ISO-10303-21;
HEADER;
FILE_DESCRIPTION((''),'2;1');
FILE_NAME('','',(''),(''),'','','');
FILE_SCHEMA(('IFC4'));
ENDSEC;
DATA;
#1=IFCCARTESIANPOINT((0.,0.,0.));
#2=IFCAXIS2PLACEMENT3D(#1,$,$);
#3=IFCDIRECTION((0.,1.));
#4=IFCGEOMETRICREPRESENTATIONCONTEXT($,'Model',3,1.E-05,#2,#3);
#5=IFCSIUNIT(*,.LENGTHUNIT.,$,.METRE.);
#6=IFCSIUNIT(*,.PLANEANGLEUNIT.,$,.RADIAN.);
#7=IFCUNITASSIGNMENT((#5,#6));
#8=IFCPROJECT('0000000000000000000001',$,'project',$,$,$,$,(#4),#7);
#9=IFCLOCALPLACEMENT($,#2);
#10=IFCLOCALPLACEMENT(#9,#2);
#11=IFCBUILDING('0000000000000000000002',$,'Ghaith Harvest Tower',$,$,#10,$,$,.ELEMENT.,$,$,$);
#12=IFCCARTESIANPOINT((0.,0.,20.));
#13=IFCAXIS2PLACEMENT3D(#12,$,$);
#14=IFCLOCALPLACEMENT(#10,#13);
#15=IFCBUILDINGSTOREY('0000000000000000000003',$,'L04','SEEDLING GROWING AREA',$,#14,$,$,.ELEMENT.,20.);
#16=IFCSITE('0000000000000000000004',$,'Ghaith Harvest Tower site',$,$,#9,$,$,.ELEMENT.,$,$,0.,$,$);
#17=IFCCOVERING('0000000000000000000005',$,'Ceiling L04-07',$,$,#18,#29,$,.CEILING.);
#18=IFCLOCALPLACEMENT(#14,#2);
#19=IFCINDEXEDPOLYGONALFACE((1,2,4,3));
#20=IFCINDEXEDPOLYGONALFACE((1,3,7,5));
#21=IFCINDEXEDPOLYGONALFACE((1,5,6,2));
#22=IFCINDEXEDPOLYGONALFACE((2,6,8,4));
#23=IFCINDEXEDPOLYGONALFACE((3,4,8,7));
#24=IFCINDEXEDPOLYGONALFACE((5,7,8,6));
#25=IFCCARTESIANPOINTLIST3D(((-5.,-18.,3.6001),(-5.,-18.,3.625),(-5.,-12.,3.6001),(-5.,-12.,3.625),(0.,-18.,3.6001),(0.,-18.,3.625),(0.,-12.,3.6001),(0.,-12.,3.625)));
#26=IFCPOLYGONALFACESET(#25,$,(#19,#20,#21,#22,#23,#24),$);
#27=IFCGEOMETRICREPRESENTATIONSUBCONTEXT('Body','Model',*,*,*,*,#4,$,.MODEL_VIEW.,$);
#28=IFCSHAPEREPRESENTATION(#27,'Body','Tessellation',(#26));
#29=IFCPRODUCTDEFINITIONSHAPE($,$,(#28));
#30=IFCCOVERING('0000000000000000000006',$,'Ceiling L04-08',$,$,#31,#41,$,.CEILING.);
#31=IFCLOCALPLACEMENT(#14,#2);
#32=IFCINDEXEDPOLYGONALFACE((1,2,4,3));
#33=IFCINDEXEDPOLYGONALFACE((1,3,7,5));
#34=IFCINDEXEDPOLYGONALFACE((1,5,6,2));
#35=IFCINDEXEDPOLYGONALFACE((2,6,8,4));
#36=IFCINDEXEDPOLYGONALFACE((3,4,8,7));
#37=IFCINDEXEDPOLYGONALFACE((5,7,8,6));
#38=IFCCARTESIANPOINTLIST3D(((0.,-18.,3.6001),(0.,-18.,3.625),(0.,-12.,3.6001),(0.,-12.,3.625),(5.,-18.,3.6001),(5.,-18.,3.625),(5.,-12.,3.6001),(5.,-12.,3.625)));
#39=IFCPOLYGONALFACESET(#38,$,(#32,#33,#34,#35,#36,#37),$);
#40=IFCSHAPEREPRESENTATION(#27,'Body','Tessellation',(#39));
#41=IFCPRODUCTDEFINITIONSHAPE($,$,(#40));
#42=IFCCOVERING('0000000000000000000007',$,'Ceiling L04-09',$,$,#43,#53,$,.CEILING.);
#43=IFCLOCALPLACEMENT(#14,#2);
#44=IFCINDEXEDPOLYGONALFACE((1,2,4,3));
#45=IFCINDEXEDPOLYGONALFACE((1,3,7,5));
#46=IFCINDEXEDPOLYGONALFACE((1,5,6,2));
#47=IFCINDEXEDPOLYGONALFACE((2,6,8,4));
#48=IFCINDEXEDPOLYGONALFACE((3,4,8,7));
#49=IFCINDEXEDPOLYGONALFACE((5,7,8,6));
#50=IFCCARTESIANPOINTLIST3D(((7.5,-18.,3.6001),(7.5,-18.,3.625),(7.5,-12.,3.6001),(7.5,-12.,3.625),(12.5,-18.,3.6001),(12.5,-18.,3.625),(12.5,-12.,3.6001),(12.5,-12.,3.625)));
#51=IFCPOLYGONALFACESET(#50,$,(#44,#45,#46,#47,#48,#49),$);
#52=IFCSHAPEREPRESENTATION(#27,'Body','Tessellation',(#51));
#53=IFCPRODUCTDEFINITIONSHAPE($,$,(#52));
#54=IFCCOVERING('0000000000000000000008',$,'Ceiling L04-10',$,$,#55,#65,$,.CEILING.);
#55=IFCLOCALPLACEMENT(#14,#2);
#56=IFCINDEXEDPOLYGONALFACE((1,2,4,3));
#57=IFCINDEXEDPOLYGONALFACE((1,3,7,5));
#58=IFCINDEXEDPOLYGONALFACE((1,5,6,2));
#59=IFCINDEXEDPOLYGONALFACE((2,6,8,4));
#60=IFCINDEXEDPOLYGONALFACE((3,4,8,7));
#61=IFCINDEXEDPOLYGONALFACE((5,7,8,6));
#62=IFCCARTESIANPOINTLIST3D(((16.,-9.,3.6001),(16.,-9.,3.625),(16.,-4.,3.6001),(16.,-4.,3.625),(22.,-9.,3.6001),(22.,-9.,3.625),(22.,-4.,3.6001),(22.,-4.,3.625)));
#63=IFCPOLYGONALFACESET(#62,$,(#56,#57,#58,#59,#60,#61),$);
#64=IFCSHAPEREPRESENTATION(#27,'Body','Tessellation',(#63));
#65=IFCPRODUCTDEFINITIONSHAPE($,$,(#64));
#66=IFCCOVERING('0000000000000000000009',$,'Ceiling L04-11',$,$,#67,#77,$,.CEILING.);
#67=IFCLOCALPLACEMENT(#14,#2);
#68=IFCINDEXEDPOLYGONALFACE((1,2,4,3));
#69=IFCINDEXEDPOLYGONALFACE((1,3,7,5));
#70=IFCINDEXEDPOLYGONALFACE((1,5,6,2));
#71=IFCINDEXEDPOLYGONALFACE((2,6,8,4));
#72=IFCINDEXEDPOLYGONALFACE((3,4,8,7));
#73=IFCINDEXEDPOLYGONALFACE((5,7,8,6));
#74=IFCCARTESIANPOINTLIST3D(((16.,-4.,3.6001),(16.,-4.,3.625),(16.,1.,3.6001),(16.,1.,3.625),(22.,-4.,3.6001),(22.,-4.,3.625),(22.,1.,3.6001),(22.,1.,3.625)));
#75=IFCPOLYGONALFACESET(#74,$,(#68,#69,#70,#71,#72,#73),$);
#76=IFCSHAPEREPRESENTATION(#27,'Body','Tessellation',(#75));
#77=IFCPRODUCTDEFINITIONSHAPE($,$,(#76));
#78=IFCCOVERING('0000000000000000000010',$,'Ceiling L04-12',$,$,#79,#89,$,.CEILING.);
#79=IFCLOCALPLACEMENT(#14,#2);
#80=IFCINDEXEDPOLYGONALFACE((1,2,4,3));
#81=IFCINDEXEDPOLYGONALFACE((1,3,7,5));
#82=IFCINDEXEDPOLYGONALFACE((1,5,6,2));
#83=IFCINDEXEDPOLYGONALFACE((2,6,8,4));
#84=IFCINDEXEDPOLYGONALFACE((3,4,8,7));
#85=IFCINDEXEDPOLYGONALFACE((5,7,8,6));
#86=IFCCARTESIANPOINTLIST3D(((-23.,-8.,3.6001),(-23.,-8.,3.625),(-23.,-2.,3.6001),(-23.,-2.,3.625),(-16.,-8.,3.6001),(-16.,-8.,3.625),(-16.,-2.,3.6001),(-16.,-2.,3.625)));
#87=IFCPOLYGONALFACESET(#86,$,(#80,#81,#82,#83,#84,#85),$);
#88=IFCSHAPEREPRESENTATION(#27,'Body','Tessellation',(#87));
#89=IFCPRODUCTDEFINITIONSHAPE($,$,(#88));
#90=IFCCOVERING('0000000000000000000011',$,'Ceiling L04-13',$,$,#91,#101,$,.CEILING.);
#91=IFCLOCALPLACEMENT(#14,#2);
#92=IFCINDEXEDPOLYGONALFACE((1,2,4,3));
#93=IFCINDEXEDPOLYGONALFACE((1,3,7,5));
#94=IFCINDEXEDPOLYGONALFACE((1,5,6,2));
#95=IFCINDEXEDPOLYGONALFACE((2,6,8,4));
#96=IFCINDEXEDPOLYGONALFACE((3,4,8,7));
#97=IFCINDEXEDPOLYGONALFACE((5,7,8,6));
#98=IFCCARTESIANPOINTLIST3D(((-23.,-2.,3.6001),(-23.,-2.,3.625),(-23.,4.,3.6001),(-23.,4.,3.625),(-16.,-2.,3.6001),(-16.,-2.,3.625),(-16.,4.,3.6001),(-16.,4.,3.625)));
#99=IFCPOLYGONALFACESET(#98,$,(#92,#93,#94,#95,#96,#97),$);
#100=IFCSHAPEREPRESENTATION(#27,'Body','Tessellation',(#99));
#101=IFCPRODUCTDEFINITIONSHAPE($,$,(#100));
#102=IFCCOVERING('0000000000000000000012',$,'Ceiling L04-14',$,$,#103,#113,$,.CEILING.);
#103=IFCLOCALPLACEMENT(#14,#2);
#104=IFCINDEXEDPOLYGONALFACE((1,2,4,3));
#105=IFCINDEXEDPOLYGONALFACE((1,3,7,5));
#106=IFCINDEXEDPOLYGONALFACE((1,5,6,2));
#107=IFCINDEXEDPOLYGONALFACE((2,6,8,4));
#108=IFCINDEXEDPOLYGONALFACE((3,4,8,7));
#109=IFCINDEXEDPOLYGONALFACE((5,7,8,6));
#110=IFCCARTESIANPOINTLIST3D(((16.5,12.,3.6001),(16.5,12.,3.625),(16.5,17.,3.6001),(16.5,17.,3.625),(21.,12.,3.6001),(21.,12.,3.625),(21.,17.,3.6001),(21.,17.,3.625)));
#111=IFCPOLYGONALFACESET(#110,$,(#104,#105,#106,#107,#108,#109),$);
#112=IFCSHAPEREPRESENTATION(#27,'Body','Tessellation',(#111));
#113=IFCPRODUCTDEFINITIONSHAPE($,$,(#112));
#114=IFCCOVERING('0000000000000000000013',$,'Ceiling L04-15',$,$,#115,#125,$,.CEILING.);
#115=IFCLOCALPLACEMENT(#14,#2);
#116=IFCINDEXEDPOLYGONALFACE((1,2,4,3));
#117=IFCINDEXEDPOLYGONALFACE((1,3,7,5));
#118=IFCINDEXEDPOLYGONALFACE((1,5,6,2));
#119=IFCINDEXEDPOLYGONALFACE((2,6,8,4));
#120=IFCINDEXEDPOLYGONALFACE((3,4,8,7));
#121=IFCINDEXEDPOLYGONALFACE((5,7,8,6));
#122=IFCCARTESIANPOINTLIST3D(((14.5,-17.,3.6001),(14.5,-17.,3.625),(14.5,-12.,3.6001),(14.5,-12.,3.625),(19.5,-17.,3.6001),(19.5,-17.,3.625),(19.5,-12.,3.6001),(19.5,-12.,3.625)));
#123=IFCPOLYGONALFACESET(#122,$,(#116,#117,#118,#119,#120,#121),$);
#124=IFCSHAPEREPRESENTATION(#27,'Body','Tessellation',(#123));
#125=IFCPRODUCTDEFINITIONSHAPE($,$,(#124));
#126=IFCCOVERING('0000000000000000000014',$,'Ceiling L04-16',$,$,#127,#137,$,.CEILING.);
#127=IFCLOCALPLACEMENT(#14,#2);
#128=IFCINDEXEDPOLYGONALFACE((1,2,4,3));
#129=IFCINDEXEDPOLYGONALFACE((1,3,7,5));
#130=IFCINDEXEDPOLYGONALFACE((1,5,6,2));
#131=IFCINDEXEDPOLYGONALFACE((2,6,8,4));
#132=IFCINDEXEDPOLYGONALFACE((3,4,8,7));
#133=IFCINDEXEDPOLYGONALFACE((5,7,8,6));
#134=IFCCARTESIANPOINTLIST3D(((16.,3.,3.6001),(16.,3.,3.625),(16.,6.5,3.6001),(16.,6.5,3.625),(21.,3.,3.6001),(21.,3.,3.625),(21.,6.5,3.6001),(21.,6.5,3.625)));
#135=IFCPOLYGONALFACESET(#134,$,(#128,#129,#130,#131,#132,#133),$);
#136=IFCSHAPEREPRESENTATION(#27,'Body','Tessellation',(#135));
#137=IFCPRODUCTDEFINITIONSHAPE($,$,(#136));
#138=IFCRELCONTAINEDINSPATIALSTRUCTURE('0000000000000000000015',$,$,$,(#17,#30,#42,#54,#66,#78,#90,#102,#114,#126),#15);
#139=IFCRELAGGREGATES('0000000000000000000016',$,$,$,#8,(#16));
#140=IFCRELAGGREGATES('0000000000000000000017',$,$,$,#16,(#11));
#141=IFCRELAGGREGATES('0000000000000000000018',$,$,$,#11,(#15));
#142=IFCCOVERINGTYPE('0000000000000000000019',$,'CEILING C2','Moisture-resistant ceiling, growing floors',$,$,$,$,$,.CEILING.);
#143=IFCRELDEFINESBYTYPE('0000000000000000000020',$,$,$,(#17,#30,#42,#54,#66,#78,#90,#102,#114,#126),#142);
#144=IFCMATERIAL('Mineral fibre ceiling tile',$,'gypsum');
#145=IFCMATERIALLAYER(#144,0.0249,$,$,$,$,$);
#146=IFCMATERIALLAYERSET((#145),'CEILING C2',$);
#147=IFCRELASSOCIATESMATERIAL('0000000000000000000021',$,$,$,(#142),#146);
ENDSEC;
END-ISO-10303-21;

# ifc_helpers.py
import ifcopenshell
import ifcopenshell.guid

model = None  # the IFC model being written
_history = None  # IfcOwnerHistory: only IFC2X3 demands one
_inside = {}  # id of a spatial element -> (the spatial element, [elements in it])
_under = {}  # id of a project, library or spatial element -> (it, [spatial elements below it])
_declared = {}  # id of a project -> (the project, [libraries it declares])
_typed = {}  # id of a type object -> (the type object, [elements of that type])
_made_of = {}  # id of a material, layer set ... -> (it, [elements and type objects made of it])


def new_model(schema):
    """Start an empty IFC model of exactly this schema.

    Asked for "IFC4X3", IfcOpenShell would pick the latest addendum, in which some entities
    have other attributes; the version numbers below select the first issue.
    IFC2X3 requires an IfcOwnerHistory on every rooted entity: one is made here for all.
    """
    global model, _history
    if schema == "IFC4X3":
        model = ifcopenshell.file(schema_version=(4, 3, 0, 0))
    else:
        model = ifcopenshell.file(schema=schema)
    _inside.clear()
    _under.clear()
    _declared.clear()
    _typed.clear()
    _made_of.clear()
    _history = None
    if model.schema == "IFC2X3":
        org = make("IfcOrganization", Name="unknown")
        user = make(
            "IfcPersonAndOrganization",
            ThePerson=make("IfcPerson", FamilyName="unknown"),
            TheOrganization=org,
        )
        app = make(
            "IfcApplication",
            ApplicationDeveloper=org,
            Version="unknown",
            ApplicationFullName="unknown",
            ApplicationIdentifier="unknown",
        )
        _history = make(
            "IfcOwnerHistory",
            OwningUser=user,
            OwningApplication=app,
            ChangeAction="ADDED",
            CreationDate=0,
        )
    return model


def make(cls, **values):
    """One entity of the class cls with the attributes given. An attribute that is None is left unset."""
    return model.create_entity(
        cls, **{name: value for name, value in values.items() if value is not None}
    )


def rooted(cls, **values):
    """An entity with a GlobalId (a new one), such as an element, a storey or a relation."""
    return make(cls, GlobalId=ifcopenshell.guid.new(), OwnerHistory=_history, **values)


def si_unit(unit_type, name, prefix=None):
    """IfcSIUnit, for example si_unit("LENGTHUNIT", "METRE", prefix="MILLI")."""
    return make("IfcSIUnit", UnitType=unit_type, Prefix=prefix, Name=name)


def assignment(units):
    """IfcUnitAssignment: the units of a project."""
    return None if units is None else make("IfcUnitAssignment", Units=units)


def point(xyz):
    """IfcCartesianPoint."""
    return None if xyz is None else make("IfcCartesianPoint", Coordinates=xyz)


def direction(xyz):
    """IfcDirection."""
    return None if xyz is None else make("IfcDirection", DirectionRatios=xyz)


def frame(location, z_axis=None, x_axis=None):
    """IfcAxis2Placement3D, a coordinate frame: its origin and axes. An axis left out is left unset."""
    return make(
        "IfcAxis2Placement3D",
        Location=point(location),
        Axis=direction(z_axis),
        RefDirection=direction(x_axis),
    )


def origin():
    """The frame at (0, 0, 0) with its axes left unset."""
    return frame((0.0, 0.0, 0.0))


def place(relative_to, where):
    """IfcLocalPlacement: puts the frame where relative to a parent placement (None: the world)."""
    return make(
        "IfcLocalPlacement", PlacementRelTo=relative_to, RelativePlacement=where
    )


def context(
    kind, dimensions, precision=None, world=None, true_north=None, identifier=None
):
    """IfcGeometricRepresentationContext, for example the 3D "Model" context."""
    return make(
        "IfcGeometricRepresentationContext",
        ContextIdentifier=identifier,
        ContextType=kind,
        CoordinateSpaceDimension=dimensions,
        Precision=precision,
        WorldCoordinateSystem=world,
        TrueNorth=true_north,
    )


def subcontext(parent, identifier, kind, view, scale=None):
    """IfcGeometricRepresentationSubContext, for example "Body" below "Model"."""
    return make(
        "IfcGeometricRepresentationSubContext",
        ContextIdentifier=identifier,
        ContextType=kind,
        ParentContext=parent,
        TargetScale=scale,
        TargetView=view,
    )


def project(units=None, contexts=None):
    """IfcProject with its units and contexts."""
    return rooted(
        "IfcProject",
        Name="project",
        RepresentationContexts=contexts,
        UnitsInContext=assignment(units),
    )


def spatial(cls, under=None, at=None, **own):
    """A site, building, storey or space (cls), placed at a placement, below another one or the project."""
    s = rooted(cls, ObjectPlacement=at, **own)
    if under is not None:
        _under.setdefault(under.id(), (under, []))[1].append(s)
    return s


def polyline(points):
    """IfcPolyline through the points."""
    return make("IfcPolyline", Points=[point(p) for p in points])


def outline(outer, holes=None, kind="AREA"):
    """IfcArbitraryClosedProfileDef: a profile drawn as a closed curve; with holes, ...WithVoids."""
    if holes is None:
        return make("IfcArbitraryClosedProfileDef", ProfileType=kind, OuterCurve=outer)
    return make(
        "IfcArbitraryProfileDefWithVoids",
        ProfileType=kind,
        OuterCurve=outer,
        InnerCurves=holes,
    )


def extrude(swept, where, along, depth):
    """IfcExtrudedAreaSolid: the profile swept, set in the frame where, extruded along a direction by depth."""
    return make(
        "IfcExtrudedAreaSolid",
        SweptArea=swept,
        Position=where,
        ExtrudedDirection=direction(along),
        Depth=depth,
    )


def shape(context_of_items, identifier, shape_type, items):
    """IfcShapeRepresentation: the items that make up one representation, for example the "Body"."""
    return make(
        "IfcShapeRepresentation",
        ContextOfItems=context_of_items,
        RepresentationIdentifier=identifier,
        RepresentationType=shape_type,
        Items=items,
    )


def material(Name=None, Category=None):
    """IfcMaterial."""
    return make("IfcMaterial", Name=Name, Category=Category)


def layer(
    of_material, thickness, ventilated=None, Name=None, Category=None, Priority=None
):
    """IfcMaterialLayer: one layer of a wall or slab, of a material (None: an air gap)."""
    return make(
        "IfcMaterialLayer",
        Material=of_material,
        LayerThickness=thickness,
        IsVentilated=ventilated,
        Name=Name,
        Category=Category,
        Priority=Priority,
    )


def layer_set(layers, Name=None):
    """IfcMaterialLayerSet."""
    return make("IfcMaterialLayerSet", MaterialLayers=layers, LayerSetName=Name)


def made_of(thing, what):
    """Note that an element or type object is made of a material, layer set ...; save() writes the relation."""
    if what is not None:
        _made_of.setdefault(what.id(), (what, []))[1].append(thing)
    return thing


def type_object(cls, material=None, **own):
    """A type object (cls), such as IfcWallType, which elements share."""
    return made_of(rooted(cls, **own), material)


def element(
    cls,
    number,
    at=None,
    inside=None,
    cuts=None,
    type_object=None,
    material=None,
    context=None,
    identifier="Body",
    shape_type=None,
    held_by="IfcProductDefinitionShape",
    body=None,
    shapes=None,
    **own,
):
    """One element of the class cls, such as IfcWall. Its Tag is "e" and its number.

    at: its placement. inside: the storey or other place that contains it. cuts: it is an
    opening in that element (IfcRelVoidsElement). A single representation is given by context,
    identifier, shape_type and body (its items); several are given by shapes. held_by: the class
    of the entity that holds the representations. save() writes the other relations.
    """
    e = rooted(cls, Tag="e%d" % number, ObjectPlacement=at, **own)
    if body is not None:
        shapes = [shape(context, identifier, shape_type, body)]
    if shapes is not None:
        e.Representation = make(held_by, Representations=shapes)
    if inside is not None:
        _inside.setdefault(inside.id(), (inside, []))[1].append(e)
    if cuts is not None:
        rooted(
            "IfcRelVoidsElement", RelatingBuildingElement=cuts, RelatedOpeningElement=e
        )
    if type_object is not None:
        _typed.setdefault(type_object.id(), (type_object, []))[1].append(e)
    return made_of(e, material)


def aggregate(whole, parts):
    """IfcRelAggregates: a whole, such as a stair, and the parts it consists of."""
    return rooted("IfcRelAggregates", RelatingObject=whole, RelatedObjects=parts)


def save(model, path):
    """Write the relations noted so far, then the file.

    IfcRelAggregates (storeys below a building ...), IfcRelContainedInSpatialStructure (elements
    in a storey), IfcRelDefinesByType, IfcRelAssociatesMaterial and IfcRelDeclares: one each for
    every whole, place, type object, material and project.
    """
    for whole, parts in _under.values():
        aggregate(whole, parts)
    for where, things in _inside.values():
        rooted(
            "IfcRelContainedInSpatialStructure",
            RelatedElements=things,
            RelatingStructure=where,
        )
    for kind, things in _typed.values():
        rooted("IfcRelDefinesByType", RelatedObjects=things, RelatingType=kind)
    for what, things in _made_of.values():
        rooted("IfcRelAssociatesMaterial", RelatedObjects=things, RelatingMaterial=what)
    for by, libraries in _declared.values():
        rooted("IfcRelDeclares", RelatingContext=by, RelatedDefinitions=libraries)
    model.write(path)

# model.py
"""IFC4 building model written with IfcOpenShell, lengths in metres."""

from ifc_helpers import new_model, si_unit, direction, frame, origin, place, context, subcontext, project, spatial, polyline, outline, extrude, material, layer, layer_set, type_object, element, save


model = new_model("IFC4")

# Units and contexts
model_context = context("Model", 3, precision=1e-05, world=origin(), true_north=direction((0.0, 1.0)))
body_context = subcontext(model_context, "Body", "Model", "MODEL_VIEW")
ifc_project = project(units=[si_unit("LENGTHUNIT", "METRE"), si_unit("PLANEANGLEUNIT", "RADIAN")], contexts=[model_context])

# Site, building, storey
site_placement = place(None, origin())
site = spatial("IfcSite", under=ifc_project, at=site_placement, Name="Ghaith Harvest Tower site", CompositionType="ELEMENT", RefElevation=0.0)
building_placement = place(site_placement, origin())
building = spatial("IfcBuilding", under=site, at=building_placement, Name="Ghaith Harvest Tower", CompositionType="ELEMENT")
storey_placement = place(building_placement, frame((0.0, 0.0, 20.0)))
storey = spatial("IfcBuildingStorey", under=building, at=storey_placement, Name="L04", Description="SEEDLING GROWING AREA", CompositionType="ELEMENT", Elevation=20.0)

# Coverings
ifc_material_1 = material(Name="Mineral fibre ceiling tile", Category="gypsum")
ifc_layer_1 = layer(ifc_material_1, 0.0249)
ifc_layer_set_1 = layer_set([ifc_layer_1], Name="CEILING C2")
covering_type = type_object("IfcCoveringType", Name="CEILING C2", Description="Moisture-resistant ceiling, growing floors", PredefinedType="CEILING", material=ifc_layer_set_1)
covering_1_placement = place(storey_placement, frame((0.0, 0.0, 3.6001)))
element("IfcCovering", 1, at=covering_1_placement, inside=storey, type_object=covering_type, Name="Ceiling L04-07", PredefinedType="CEILING", context=body_context, shape_type="SweptSolid", body=[
    extrude(outline(polyline([(-5.0, -18.0), (0.0, -18.0), (0.0, -12.0), (-5.0, -12.0), (-5.0, -18.0)])), origin(), (0.0, 0.0, 1.0), 0.0249),
])
covering_2_placement = place(storey_placement, frame((0.0, 0.0, 3.6001)))
element("IfcCovering", 2, at=covering_2_placement, inside=storey, type_object=covering_type, Name="Ceiling L04-08", PredefinedType="CEILING", context=body_context, shape_type="SweptSolid", body=[
    extrude(outline(polyline([(0.0, -18.0), (5.0, -18.0), (5.0, -12.0), (0.0, -12.0), (0.0, -18.0)])), origin(), (0.0, 0.0, 1.0), 0.0249),
])
covering_3_placement = place(storey_placement, frame((0.0, 0.0, 3.6001)))
element("IfcCovering", 3, at=covering_3_placement, inside=storey, type_object=covering_type, Name="Ceiling L04-09", PredefinedType="CEILING", context=body_context, shape_type="SweptSolid", body=[
    extrude(outline(polyline([(7.5, -18.0), (12.5, -18.0), (12.5, -12.0), (7.5, -12.0), (7.5, -18.0)])), origin(), (0.0, 0.0, 1.0), 0.0249),
])
covering_4_placement = place(storey_placement, frame((0.0, 0.0, 3.6001)))
element("IfcCovering", 4, at=covering_4_placement, inside=storey, type_object=covering_type, Name="Ceiling L04-10", PredefinedType="CEILING", context=body_context, shape_type="SweptSolid", body=[
    extrude(outline(polyline([(16.0, -9.0), (22.0, -9.0), (22.0, -4.0), (16.0, -4.0), (16.0, -9.0)])), origin(), (0.0, 0.0, 1.0), 0.0249),
])
covering_5_placement = place(storey_placement, frame((0.0, 0.0, 3.6001)))
element("IfcCovering", 5, at=covering_5_placement, inside=storey, type_object=covering_type, Name="Ceiling L04-11", PredefinedType="CEILING", context=body_context, shape_type="SweptSolid", body=[
    extrude(outline(polyline([(16.0, -4.0), (22.0, -4.0), (22.0, 1.0), (16.0, 1.0), (16.0, -4.0)])), origin(), (0.0, 0.0, 1.0), 0.0249),
])
covering_6_placement = place(storey_placement, frame((0.0, 0.0, 3.6001)))
element("IfcCovering", 6, at=covering_6_placement, inside=storey, type_object=covering_type, Name="Ceiling L04-12", PredefinedType="CEILING", context=body_context, shape_type="SweptSolid", body=[
    extrude(outline(polyline([(-23.0, -8.0), (-16.0, -8.0), (-16.0, -2.0), (-23.0, -2.0), (-23.0, -8.0)])), origin(), (0.0, 0.0, 1.0), 0.0249),
])
covering_7_placement = place(storey_placement, frame((0.0, 0.0, 3.6001)))
element("IfcCovering", 7, at=covering_7_placement, inside=storey, type_object=covering_type, Name="Ceiling L04-13", PredefinedType="CEILING", context=body_context, shape_type="SweptSolid", body=[
    extrude(outline(polyline([(-23.0, -2.0), (-16.0, -2.0), (-16.0, 4.0), (-23.0, 4.0), (-23.0, -2.0)])), origin(), (0.0, 0.0, 1.0), 0.0249),
])
covering_8_placement = place(storey_placement, frame((0.0, 0.0, 3.6001)))
element("IfcCovering", 8, at=covering_8_placement, inside=storey, type_object=covering_type, Name="Ceiling L04-14", PredefinedType="CEILING", context=body_context, shape_type="SweptSolid", body=[
    extrude(outline(polyline([(16.5, 12.0), (21.0, 12.0), (21.0, 17.0), (16.5, 17.0), (16.5, 12.0)])), origin(), (0.0, 0.0, 1.0), 0.0249),
])
covering_9_placement = place(storey_placement, frame((0.0, 0.0, 3.6001)))
element("IfcCovering", 9, at=covering_9_placement, inside=storey, type_object=covering_type, Name="Ceiling L04-15", PredefinedType="CEILING", context=body_context, shape_type="SweptSolid", body=[
    extrude(outline(polyline([(14.5, -17.0), (19.5, -17.0), (19.5, -12.0), (14.5, -12.0), (14.5, -17.0)])), origin(), (0.0, 0.0, 1.0), 0.0249),
])
covering_10_placement = place(storey_placement, frame((0.0, 0.0, 3.6001)))
element("IfcCovering", 10, at=covering_10_placement, inside=storey, type_object=covering_type, Name="Ceiling L04-16", PredefinedType="CEILING", context=body_context, shape_type="SweptSolid", body=[
    extrude(outline(polyline([(16.0, 3.0), (21.0, 3.0), (21.0, 6.5), (16.0, 6.5), (16.0, 3.0)])), origin(), (0.0, 0.0, 1.0), 0.0249),
])

save(model, "model.ifc")
